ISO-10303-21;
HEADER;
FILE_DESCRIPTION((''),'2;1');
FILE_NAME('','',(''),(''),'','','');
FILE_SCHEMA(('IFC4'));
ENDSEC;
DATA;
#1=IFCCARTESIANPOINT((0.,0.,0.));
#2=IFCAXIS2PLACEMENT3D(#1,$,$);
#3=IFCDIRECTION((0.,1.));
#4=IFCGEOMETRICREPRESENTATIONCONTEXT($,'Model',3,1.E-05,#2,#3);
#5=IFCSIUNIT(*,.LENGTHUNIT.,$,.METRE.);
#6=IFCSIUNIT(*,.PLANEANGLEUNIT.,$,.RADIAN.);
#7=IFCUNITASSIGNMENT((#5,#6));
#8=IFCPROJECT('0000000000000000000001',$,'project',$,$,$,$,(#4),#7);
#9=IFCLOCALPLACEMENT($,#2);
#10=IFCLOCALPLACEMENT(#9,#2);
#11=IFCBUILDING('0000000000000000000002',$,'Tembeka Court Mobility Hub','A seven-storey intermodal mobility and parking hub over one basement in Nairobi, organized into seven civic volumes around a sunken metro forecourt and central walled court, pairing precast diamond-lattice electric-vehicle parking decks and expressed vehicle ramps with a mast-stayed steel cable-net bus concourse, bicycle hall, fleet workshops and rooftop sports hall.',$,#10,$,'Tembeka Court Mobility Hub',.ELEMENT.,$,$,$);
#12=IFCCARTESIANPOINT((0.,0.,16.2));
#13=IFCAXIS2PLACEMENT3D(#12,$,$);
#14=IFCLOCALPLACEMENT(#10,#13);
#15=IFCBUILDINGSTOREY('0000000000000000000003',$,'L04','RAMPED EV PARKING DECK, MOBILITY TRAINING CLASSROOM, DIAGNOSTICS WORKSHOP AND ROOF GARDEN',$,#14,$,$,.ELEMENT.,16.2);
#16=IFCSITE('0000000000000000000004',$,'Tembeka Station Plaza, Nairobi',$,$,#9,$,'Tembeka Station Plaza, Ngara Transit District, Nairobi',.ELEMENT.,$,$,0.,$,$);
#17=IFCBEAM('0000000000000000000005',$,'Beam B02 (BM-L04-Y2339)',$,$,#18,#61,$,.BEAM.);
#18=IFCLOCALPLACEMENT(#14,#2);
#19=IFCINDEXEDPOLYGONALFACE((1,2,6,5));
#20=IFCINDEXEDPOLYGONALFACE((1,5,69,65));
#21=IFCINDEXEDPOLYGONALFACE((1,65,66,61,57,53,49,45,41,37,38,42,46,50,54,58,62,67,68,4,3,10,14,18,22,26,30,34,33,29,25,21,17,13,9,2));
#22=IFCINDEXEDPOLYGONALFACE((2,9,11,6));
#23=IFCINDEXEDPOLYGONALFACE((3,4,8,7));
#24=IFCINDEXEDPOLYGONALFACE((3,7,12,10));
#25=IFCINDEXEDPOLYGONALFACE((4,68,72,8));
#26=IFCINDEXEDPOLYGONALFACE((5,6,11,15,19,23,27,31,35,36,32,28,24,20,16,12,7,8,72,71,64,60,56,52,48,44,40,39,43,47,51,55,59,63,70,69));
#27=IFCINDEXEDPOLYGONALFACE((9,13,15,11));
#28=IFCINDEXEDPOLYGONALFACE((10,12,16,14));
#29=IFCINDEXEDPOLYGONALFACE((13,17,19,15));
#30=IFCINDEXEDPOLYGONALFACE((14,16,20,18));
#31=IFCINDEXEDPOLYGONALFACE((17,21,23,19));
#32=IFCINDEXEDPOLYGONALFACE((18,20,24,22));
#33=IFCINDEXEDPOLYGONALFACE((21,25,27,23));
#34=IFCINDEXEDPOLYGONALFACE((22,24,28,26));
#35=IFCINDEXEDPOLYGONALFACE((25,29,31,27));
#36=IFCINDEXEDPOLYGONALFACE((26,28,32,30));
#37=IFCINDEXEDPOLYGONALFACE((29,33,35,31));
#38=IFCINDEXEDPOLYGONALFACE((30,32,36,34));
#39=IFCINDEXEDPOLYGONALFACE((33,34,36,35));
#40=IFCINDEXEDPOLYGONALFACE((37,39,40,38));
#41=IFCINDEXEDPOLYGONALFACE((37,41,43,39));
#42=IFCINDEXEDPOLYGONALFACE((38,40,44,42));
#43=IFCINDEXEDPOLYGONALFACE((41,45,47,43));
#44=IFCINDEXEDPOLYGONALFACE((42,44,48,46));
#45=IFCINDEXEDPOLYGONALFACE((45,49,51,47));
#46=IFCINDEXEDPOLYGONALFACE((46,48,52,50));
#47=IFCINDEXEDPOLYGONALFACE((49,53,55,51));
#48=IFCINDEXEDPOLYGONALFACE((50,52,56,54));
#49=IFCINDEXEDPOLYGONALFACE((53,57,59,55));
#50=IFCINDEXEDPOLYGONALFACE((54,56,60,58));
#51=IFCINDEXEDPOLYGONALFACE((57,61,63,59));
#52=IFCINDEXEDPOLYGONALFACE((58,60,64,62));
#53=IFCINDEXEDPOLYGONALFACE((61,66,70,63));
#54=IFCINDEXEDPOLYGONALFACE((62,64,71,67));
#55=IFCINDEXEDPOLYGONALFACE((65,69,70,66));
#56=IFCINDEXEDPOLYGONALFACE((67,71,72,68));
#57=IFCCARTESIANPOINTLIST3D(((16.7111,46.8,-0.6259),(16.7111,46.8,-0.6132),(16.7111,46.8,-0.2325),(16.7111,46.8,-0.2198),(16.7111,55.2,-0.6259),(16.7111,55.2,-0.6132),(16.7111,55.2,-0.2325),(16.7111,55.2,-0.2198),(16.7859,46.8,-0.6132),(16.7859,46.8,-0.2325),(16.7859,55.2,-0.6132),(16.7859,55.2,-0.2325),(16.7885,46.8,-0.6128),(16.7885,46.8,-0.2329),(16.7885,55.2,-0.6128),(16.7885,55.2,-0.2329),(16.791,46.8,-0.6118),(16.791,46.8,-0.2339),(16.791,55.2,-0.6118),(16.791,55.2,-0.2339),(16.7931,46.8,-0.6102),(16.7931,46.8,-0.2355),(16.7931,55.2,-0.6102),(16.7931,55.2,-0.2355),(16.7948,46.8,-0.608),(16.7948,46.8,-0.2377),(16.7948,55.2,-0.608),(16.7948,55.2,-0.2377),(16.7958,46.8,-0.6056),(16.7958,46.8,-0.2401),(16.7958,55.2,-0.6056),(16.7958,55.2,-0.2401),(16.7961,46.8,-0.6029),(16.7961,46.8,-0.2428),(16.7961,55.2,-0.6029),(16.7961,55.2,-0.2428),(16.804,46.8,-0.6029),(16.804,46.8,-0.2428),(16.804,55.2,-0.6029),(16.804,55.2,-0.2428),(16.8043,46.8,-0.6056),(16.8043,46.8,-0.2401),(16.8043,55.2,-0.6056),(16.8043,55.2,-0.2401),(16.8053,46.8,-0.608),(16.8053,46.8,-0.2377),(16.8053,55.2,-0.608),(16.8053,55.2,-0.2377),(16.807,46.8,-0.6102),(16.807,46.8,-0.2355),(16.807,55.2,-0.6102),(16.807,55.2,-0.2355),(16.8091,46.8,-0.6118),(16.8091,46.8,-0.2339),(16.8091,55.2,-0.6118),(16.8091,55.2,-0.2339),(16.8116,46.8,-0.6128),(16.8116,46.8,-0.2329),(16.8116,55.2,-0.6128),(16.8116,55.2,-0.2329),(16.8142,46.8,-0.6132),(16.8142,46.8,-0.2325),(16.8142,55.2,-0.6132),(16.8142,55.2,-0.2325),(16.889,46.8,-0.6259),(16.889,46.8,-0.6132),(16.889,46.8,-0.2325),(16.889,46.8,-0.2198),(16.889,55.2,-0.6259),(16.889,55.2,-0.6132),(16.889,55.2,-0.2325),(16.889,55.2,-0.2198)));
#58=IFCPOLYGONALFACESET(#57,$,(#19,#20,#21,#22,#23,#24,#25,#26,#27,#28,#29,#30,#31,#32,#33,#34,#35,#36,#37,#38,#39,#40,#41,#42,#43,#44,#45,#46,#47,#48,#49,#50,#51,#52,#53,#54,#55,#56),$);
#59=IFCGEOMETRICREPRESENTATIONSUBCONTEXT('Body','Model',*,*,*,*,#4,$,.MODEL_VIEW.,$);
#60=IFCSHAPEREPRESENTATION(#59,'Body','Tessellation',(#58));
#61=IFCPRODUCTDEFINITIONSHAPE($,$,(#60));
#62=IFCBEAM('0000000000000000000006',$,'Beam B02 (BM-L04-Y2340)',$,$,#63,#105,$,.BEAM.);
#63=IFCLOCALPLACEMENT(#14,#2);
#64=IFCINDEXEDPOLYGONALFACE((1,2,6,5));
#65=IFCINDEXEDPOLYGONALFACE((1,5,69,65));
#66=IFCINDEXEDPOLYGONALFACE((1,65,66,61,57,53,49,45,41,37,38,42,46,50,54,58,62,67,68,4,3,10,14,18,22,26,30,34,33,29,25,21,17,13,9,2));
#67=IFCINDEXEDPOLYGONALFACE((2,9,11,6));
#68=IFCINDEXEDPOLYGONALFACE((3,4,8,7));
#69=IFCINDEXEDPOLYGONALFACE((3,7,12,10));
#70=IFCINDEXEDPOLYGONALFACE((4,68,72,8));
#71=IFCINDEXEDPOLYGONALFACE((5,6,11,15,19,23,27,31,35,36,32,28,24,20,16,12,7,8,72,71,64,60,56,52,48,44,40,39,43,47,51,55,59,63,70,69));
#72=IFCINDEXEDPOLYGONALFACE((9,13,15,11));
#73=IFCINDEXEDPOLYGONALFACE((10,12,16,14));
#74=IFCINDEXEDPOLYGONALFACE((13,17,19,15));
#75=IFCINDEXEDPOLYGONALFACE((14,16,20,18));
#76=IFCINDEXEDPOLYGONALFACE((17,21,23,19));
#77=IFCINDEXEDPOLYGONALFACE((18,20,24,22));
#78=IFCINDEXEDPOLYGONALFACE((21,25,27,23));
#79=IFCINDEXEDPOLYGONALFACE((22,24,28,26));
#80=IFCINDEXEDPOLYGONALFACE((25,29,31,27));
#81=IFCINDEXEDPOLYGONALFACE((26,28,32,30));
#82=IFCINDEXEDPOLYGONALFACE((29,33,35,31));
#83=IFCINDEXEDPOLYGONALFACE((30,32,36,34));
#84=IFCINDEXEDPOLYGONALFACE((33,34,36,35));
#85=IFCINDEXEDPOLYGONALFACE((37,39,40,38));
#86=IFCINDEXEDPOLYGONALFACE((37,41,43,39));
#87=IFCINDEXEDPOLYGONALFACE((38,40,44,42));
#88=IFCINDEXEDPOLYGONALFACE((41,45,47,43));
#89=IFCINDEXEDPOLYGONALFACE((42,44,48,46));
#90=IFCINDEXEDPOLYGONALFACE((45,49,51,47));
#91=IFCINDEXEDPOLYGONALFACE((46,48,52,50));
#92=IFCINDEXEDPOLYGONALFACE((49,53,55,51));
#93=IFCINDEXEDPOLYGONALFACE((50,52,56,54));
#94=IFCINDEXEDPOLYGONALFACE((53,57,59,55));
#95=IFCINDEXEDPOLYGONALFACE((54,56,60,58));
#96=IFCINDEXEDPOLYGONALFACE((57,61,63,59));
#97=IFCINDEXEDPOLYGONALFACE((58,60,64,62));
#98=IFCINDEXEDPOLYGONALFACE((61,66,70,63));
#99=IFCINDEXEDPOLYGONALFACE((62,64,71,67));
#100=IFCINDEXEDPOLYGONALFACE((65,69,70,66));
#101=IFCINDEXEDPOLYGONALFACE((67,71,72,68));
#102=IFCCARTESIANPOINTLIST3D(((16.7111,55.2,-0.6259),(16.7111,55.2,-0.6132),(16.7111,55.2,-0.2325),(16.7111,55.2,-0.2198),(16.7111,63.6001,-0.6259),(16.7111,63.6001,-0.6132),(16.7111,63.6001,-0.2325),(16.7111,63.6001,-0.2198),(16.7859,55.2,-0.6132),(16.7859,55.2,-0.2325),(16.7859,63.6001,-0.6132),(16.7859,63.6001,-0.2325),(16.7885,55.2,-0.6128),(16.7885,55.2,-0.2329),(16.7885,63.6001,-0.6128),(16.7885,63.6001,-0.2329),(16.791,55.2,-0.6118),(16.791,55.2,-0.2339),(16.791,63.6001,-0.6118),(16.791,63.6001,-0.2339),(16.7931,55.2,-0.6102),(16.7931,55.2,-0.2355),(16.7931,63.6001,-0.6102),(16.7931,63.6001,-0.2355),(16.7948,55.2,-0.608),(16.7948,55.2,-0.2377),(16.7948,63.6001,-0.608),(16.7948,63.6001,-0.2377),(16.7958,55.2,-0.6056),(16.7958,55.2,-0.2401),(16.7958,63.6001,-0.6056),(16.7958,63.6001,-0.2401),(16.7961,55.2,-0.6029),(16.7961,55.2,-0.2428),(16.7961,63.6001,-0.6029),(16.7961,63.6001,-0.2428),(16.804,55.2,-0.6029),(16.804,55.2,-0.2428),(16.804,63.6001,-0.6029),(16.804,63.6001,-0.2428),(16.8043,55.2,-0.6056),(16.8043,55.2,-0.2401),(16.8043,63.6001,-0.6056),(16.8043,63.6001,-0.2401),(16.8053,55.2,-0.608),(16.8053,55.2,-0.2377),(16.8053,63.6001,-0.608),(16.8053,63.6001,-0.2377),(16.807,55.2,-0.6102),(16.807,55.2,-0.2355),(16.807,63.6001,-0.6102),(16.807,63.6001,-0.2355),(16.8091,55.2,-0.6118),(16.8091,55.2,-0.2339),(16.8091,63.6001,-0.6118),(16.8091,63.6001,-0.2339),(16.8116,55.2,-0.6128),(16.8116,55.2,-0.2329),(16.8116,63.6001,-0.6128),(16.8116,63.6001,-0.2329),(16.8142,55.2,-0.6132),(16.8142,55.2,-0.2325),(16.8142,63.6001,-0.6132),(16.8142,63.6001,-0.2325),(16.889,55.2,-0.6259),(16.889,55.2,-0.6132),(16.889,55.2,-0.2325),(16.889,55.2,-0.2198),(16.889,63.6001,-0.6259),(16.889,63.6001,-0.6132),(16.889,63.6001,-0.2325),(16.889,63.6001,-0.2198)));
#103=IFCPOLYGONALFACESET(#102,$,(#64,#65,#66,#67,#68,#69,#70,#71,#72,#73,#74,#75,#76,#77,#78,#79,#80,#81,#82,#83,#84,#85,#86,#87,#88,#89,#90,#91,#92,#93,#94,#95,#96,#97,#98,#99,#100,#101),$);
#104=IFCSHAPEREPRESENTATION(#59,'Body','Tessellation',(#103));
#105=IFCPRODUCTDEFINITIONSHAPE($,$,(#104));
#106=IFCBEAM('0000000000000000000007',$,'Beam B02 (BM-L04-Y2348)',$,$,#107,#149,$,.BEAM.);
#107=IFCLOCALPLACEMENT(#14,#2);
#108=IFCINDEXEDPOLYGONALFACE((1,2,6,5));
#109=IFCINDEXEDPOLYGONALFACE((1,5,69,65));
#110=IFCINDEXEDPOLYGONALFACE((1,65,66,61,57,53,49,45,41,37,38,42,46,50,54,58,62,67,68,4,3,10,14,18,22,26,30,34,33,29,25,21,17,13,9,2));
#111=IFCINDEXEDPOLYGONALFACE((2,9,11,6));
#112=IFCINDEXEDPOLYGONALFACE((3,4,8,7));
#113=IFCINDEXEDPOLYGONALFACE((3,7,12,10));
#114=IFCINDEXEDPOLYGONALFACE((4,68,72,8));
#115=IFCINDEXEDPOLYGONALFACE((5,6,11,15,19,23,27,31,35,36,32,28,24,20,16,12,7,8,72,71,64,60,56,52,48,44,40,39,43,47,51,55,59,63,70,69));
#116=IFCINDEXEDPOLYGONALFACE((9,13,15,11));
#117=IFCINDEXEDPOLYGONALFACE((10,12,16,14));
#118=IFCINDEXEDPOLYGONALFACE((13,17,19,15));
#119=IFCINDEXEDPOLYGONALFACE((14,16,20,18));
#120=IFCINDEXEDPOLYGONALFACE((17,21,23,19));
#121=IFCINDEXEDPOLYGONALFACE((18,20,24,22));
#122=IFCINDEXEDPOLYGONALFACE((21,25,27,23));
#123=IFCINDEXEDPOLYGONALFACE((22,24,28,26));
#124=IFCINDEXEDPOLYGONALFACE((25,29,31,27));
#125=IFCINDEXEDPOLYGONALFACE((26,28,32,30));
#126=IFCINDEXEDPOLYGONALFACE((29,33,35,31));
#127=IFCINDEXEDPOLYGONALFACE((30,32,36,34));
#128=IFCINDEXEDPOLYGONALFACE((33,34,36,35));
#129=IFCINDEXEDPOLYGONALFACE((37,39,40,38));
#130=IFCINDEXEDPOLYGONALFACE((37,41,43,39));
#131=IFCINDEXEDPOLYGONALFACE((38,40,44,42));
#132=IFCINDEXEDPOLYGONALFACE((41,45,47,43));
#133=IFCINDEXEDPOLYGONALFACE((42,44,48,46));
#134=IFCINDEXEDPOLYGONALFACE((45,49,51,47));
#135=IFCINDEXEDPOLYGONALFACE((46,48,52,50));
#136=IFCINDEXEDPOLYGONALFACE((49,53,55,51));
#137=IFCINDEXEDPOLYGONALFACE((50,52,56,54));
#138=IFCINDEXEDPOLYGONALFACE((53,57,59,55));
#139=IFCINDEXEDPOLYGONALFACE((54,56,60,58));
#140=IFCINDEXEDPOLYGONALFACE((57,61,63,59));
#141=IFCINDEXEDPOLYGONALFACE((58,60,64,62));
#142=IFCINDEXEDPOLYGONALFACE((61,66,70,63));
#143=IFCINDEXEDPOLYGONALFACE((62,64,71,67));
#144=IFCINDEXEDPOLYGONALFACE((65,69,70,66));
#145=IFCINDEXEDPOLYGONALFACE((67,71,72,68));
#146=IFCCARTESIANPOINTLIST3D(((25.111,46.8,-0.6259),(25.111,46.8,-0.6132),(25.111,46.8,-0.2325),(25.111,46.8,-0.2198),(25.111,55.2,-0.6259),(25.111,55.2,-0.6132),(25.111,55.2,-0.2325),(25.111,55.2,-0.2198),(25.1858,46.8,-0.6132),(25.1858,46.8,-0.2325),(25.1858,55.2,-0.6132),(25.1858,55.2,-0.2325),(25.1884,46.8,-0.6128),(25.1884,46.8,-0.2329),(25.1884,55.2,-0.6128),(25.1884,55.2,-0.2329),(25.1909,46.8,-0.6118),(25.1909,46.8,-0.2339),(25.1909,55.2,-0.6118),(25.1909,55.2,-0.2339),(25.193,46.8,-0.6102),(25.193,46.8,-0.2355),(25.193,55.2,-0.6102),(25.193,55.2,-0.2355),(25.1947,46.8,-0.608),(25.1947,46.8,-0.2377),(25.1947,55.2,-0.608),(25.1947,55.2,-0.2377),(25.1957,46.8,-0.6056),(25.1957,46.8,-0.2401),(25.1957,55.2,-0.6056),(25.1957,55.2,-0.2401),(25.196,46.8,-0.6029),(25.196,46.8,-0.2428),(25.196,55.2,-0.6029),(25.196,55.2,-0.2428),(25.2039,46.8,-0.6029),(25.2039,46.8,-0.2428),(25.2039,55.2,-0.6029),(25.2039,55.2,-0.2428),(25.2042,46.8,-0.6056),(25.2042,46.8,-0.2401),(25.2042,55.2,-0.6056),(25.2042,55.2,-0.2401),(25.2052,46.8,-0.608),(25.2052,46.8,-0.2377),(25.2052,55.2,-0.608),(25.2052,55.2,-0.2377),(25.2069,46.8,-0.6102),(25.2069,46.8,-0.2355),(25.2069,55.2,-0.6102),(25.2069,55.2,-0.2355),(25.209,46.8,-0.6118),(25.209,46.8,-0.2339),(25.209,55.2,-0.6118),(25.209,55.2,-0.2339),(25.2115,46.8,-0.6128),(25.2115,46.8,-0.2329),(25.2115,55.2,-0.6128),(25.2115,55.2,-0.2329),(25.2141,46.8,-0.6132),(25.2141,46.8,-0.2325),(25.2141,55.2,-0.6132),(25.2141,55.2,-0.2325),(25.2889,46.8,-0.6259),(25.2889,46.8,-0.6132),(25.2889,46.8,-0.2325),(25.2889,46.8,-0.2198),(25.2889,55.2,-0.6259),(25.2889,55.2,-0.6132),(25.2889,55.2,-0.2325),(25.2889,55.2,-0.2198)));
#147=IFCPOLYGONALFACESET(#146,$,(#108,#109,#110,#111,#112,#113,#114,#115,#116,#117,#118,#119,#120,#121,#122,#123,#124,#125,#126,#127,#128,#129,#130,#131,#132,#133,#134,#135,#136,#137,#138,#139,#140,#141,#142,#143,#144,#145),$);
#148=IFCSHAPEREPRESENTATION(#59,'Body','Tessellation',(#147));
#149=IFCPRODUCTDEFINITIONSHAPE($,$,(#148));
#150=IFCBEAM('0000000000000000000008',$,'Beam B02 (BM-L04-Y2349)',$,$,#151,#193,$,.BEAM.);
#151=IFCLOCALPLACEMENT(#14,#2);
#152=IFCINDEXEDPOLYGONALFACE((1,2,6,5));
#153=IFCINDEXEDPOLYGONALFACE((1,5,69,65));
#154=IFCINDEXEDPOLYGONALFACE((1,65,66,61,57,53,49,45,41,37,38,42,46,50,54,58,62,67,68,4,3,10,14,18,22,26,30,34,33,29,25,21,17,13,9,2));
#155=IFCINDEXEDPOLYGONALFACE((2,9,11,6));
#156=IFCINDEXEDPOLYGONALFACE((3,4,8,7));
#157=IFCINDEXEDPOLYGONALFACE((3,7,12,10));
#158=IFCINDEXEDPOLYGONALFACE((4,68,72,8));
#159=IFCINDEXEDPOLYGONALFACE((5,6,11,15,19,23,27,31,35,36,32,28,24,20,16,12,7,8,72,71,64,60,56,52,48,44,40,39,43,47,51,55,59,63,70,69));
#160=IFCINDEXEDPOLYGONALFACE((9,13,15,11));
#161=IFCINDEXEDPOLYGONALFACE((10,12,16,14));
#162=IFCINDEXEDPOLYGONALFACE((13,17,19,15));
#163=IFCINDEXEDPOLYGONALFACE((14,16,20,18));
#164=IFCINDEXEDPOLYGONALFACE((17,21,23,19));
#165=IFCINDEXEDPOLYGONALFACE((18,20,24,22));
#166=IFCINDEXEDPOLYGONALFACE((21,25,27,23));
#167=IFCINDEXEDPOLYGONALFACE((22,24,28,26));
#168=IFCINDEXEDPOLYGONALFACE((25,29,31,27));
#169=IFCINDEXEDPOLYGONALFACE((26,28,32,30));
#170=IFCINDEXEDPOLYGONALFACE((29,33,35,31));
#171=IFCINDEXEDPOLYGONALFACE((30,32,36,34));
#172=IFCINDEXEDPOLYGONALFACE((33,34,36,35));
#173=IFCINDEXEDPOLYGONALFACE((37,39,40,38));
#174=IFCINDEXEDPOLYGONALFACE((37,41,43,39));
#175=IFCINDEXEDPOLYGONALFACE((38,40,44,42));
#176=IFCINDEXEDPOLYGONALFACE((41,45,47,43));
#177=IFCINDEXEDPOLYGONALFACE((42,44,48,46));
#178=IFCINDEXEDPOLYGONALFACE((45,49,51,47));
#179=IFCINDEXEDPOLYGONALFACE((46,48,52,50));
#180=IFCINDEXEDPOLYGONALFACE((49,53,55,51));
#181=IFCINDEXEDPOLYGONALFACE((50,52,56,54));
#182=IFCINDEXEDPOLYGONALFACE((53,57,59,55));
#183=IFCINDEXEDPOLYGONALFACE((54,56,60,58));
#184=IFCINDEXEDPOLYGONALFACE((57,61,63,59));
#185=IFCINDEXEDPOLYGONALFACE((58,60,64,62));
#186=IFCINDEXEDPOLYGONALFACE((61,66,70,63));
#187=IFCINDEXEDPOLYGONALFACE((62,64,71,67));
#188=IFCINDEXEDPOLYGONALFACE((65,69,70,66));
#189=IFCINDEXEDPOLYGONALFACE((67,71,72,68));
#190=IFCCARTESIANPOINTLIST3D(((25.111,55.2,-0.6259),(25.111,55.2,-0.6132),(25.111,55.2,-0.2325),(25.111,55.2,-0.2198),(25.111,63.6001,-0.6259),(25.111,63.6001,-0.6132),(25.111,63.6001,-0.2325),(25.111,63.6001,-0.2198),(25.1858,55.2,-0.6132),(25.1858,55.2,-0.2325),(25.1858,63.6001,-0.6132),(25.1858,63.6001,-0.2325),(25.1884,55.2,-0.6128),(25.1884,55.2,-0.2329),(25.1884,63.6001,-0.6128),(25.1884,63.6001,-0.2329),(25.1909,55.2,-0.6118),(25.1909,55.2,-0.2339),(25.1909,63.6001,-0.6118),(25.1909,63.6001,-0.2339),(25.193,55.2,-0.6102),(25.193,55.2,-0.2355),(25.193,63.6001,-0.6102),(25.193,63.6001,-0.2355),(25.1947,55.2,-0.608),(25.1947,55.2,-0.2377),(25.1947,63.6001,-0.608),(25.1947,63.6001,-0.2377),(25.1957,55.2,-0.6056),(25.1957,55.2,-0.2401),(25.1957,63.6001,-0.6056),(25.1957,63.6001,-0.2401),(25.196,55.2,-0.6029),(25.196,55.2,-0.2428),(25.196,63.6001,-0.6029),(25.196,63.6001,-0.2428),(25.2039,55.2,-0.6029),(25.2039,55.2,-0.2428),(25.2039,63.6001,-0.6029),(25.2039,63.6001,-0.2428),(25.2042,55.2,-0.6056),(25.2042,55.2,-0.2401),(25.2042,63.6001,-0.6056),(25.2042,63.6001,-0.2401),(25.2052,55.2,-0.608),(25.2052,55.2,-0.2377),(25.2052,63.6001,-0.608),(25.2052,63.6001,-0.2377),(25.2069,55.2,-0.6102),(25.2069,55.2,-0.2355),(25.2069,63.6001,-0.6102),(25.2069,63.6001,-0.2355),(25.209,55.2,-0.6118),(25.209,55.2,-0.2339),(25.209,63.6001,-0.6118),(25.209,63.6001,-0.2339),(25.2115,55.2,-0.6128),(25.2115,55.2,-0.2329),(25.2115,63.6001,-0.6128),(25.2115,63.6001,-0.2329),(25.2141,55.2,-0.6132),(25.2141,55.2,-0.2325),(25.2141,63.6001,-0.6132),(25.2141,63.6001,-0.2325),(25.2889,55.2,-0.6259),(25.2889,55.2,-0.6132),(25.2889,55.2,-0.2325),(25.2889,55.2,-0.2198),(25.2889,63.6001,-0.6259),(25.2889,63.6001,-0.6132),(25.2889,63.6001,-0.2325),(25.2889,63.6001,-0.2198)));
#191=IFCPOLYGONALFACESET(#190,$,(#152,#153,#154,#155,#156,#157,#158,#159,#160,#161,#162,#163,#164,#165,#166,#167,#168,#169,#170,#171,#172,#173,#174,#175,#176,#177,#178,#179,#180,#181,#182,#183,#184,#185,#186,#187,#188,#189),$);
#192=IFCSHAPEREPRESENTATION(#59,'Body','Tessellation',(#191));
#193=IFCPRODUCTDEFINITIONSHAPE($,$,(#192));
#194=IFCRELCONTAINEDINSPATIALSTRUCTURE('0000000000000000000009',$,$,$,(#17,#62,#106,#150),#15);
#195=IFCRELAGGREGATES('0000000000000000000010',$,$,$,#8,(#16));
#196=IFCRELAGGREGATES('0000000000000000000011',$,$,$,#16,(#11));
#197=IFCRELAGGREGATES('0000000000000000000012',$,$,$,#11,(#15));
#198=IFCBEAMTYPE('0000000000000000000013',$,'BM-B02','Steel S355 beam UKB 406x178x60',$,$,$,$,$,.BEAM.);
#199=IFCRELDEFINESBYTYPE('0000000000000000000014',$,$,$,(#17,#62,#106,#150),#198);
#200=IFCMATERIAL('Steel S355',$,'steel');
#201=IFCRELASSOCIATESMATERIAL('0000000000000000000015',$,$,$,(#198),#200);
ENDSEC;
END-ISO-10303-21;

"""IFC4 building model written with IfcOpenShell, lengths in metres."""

from ifc_helpers import new_model, si_unit, direction, frame, origin, origin_2d, place, context, subcontext, project, spatial, i_section, extrude, material, material_profile, profile_set, type_object, element, save


model = new_model("IFC4")

# Units and contexts
model_context = context("Model", 3, precision=1e-05, world=origin(), true_north=direction((0.0, 1.0)))
body_context = subcontext(model_context, "Body", "Model", "MODEL_VIEW")
ifc_project = project(units=[si_unit("LENGTHUNIT", "METRE"), si_unit("PLANEANGLEUNIT", "RADIAN")], contexts=[model_context])

# Site, building, storey
site_placement = place(None, origin())
site = spatial("IfcSite", under=ifc_project, at=site_placement, Name="Tembeka Station Plaza, Nairobi", LongName="Tembeka Station Plaza, Ngara Transit District, Nairobi", CompositionType="ELEMENT", RefElevation=0.0)
building_placement = place(site_placement, origin())
building = spatial("IfcBuilding", under=site, at=building_placement, Name="Tembeka Court Mobility Hub", Description="A seven-storey intermodal mobility and parking hub over one basement in Nairobi, organized into seven civic volumes around a sunken metro forecourt and central walled court, pairing precast diamond-lattice electric-vehicle parking decks and expressed vehicle ramps with a mast-stayed steel cable-net bus concourse, bicycle hall, fleet workshops and rooftop sports hall.", LongName="Tembeka Court Mobility Hub", CompositionType="ELEMENT")
storey_placement = place(building_placement, frame((0.0, 0.0, 16.2)))
storey = spatial("IfcBuildingStorey", under=building, at=storey_placement, Name="L04", Description="RAMPED EV PARKING DECK, MOBILITY TRAINING CLASSROOM, DIAGNOSTICS WORKSHOP AND ROOF GARDEN", CompositionType="ELEMENT", Elevation=16.2)

# Shared definitions
ifc_material_1 = material(Name="Steel S355", Category="steel")

# Beams
ifc_material_profile_1 = material_profile(ifc_material_1, i_section(OverallWidth=0.178, OverallDepth=0.406, WebThickness=0.0078, FlangeThickness=0.0127, FilletRadius=0.0103, at=origin_2d()), Name="UKB 406x178x60")
ifc_profile_set_1 = profile_set([ifc_material_profile_1], Name="Steel S355")
beam_type_1 = type_object("IfcBeamType", Name="BM-B02", Description="Steel S355 beam UKB 406x178x60", PredefinedType="BEAM", material=ifc_profile_set_1)
beam_1_placement = place(storey_placement, frame((16.8, 46.8, -0.4229), z_axis=(0.0, 1.0, 0.0), x_axis=(-1.0, 0.0, 0.0)))
element("IfcBeam", 1, at=beam_1_placement, inside=storey, type_object=beam_type_1, Name="Beam B02 (BM-L04-Y2339)", PredefinedType="BEAM", context=body_context, shape_type="SweptSolid", body=[
    extrude(i_section(OverallWidth=0.178, OverallDepth=0.406, WebThickness=0.0078, FlangeThickness=0.0127, FilletRadius=0.0103, at=origin_2d()), origin(), (0.0, 0.0, 1.0), 8.3999),
])
beam_2_placement = place(storey_placement, frame((16.8, 55.2, -0.4229), z_axis=(0.0, 1.0, 0.0), x_axis=(-1.0, 0.0, 0.0)))
element("IfcBeam", 2, at=beam_2_placement, inside=storey, type_object=beam_type_1, Name="Beam B02 (BM-L04-Y2340)", PredefinedType="BEAM", context=body_context, shape_type="SweptSolid", body=[
    extrude(i_section(OverallWidth=0.178, OverallDepth=0.406, WebThickness=0.0078, FlangeThickness=0.0127, FilletRadius=0.0103, at=origin_2d()), origin(), (0.0, 0.0, 1.0), 8.4001),
])
beam_3_placement = place(storey_placement, frame((25.2, 46.8, -0.4229), z_axis=(0.0, 1.0, 0.0), x_axis=(-1.0, 0.0, 0.0)))
element("IfcBeam", 3, at=beam_3_placement, inside=storey, type_object=beam_type_1, Name="Beam B02 (BM-L04-Y2348)", PredefinedType="BEAM", context=body_context, shape_type="SweptSolid", body=[
    extrude(i_section(OverallWidth=0.178, OverallDepth=0.406, WebThickness=0.0078, FlangeThickness=0.0127, FilletRadius=0.0103, at=origin_2d()), origin(), (0.0, 0.0, 1.0), 8.3999),
])
beam_4_placement = place(storey_placement, frame((25.2, 55.2, -0.4229), z_axis=(0.0, 1.0, 0.0), x_axis=(-1.0, 0.0, 0.0)))
element("IfcBeam", 4, at=beam_4_placement, inside=storey, type_object=beam_type_1, Name="Beam B02 (BM-L04-Y2349)", PredefinedType="BEAM", context=body_context, shape_type="SweptSolid", body=[
    extrude(i_section(OverallWidth=0.178, OverallDepth=0.406, WebThickness=0.0078, FlangeThickness=0.0127, FilletRadius=0.0103, at=origin_2d()), origin(), (0.0, 0.0, 1.0), 8.4001),
])

save(model, "model.ifc")
